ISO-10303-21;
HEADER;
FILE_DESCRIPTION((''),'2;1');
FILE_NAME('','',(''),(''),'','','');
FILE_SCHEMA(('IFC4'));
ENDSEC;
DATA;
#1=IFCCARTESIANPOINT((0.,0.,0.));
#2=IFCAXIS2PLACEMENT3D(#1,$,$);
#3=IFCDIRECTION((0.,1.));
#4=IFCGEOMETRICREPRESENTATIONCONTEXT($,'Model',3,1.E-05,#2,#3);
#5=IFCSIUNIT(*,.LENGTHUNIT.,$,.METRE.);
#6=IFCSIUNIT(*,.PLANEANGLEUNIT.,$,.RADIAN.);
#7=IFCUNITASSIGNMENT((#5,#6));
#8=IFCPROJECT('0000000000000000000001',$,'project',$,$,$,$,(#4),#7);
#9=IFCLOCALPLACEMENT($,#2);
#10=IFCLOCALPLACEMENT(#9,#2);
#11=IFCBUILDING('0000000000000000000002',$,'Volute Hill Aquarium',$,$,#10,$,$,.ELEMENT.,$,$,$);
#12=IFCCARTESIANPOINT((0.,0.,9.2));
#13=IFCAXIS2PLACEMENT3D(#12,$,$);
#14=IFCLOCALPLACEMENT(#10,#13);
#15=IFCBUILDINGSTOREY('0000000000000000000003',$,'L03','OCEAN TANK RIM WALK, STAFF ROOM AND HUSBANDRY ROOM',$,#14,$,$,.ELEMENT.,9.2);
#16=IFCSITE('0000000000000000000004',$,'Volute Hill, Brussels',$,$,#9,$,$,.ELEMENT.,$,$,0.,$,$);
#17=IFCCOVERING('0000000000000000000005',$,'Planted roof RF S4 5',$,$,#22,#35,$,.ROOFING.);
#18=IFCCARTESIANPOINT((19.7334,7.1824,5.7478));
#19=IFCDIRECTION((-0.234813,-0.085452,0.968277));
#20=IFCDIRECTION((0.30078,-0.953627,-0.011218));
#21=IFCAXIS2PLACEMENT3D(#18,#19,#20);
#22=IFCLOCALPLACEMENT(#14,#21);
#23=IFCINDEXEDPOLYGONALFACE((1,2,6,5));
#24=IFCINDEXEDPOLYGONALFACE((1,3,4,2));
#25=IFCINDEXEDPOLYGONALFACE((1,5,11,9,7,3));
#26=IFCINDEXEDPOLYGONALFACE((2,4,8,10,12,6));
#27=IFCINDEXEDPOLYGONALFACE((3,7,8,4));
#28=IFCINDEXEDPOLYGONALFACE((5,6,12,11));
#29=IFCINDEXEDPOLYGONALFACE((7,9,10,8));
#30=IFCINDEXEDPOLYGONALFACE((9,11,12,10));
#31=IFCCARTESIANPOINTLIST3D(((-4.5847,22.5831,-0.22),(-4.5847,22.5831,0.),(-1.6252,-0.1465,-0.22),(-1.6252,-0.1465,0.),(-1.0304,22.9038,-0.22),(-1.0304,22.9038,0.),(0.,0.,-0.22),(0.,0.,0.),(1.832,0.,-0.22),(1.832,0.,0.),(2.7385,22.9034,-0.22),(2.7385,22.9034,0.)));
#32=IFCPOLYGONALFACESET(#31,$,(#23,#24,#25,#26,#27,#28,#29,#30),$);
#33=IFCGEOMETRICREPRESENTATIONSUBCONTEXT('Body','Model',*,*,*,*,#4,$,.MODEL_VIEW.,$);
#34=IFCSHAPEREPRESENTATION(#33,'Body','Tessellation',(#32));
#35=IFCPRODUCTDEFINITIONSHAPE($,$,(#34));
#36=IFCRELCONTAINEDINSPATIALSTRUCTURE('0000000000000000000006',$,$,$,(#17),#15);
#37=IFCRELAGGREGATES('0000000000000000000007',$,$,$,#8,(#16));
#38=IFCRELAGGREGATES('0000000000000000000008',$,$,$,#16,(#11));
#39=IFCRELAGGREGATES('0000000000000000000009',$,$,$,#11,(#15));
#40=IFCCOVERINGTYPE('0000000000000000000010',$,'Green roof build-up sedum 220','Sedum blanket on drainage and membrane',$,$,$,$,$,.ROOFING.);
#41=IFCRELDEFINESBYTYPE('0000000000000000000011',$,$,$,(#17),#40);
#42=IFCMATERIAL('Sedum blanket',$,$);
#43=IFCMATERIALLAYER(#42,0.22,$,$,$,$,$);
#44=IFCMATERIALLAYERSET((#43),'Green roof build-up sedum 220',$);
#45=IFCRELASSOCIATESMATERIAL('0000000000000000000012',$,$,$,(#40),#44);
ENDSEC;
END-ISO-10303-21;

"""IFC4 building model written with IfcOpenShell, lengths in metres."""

from ifc_helpers import new_model, si_unit, direction, frame, origin, place, context, subcontext, project, spatial, polyline, outline, extrude, material, layer, layer_set, type_object, element, save


model = new_model("IFC4")

# Units and contexts
model_context = context("Model", 3, precision=1e-05, world=origin(), true_north=direction((0.0, 1.0)))
body_context = subcontext(model_context, "Body", "Model", "MODEL_VIEW")
ifc_project = project(units=[si_unit("LENGTHUNIT", "METRE"), si_unit("PLANEANGLEUNIT", "RADIAN")], contexts=[model_context])

# Site, building, storey
site_placement = place(None, origin())
site = spatial("IfcSite", under=ifc_project, at=site_placement, Name="Volute Hill, Brussels", CompositionType="ELEMENT", RefElevation=0.0)
building_placement = place(site_placement, origin())
building = spatial("IfcBuilding", under=site, at=building_placement, Name="Volute Hill Aquarium", CompositionType="ELEMENT")
storey_placement = place(building_placement, frame((0.0, 0.0, 9.2)))
storey = spatial("IfcBuildingStorey", under=building, at=storey_placement, Name="L03", Description="OCEAN TANK RIM WALK, STAFF ROOM AND HUSBANDRY ROOM", CompositionType="ELEMENT", Elevation=9.2)

# Covering
ifc_material_1 = material(Name="Sedum blanket")
ifc_layer_1 = layer(ifc_material_1, 0.22)
ifc_layer_set_1 = layer_set([ifc_layer_1], Name="Green roof build-up sedum 220")
covering_type_1 = type_object("IfcCoveringType", Name="Green roof build-up sedum 220", Description="Sedum blanket on drainage and membrane", PredefinedType="ROOFING", material=ifc_layer_set_1)
covering_1_placement = place(storey_placement, frame((19.7334, 7.1824, 5.7478), z_axis=(-0.234813, -0.085452, 0.968277), x_axis=(0.30078, -0.953627, -0.011218)))
element("IfcCovering", 1, at=covering_1_placement, inside=storey, type_object=covering_type_1, Name="Planted roof RF S4 5", PredefinedType="ROOFING", context=body_context, shape_type="SweptSolid", body=[
    extrude(outline(polyline([(0.0, 0.0), (1.832, 0.0), (2.7385, 22.9034), (-1.0304, 22.9038), (-4.5847, 22.5831), (-1.6252, -0.1465), (0.0, 0.0)])), origin(), (0.0, 0.0, -1.0), 0.22),
])

save(model, "model.ifc")
